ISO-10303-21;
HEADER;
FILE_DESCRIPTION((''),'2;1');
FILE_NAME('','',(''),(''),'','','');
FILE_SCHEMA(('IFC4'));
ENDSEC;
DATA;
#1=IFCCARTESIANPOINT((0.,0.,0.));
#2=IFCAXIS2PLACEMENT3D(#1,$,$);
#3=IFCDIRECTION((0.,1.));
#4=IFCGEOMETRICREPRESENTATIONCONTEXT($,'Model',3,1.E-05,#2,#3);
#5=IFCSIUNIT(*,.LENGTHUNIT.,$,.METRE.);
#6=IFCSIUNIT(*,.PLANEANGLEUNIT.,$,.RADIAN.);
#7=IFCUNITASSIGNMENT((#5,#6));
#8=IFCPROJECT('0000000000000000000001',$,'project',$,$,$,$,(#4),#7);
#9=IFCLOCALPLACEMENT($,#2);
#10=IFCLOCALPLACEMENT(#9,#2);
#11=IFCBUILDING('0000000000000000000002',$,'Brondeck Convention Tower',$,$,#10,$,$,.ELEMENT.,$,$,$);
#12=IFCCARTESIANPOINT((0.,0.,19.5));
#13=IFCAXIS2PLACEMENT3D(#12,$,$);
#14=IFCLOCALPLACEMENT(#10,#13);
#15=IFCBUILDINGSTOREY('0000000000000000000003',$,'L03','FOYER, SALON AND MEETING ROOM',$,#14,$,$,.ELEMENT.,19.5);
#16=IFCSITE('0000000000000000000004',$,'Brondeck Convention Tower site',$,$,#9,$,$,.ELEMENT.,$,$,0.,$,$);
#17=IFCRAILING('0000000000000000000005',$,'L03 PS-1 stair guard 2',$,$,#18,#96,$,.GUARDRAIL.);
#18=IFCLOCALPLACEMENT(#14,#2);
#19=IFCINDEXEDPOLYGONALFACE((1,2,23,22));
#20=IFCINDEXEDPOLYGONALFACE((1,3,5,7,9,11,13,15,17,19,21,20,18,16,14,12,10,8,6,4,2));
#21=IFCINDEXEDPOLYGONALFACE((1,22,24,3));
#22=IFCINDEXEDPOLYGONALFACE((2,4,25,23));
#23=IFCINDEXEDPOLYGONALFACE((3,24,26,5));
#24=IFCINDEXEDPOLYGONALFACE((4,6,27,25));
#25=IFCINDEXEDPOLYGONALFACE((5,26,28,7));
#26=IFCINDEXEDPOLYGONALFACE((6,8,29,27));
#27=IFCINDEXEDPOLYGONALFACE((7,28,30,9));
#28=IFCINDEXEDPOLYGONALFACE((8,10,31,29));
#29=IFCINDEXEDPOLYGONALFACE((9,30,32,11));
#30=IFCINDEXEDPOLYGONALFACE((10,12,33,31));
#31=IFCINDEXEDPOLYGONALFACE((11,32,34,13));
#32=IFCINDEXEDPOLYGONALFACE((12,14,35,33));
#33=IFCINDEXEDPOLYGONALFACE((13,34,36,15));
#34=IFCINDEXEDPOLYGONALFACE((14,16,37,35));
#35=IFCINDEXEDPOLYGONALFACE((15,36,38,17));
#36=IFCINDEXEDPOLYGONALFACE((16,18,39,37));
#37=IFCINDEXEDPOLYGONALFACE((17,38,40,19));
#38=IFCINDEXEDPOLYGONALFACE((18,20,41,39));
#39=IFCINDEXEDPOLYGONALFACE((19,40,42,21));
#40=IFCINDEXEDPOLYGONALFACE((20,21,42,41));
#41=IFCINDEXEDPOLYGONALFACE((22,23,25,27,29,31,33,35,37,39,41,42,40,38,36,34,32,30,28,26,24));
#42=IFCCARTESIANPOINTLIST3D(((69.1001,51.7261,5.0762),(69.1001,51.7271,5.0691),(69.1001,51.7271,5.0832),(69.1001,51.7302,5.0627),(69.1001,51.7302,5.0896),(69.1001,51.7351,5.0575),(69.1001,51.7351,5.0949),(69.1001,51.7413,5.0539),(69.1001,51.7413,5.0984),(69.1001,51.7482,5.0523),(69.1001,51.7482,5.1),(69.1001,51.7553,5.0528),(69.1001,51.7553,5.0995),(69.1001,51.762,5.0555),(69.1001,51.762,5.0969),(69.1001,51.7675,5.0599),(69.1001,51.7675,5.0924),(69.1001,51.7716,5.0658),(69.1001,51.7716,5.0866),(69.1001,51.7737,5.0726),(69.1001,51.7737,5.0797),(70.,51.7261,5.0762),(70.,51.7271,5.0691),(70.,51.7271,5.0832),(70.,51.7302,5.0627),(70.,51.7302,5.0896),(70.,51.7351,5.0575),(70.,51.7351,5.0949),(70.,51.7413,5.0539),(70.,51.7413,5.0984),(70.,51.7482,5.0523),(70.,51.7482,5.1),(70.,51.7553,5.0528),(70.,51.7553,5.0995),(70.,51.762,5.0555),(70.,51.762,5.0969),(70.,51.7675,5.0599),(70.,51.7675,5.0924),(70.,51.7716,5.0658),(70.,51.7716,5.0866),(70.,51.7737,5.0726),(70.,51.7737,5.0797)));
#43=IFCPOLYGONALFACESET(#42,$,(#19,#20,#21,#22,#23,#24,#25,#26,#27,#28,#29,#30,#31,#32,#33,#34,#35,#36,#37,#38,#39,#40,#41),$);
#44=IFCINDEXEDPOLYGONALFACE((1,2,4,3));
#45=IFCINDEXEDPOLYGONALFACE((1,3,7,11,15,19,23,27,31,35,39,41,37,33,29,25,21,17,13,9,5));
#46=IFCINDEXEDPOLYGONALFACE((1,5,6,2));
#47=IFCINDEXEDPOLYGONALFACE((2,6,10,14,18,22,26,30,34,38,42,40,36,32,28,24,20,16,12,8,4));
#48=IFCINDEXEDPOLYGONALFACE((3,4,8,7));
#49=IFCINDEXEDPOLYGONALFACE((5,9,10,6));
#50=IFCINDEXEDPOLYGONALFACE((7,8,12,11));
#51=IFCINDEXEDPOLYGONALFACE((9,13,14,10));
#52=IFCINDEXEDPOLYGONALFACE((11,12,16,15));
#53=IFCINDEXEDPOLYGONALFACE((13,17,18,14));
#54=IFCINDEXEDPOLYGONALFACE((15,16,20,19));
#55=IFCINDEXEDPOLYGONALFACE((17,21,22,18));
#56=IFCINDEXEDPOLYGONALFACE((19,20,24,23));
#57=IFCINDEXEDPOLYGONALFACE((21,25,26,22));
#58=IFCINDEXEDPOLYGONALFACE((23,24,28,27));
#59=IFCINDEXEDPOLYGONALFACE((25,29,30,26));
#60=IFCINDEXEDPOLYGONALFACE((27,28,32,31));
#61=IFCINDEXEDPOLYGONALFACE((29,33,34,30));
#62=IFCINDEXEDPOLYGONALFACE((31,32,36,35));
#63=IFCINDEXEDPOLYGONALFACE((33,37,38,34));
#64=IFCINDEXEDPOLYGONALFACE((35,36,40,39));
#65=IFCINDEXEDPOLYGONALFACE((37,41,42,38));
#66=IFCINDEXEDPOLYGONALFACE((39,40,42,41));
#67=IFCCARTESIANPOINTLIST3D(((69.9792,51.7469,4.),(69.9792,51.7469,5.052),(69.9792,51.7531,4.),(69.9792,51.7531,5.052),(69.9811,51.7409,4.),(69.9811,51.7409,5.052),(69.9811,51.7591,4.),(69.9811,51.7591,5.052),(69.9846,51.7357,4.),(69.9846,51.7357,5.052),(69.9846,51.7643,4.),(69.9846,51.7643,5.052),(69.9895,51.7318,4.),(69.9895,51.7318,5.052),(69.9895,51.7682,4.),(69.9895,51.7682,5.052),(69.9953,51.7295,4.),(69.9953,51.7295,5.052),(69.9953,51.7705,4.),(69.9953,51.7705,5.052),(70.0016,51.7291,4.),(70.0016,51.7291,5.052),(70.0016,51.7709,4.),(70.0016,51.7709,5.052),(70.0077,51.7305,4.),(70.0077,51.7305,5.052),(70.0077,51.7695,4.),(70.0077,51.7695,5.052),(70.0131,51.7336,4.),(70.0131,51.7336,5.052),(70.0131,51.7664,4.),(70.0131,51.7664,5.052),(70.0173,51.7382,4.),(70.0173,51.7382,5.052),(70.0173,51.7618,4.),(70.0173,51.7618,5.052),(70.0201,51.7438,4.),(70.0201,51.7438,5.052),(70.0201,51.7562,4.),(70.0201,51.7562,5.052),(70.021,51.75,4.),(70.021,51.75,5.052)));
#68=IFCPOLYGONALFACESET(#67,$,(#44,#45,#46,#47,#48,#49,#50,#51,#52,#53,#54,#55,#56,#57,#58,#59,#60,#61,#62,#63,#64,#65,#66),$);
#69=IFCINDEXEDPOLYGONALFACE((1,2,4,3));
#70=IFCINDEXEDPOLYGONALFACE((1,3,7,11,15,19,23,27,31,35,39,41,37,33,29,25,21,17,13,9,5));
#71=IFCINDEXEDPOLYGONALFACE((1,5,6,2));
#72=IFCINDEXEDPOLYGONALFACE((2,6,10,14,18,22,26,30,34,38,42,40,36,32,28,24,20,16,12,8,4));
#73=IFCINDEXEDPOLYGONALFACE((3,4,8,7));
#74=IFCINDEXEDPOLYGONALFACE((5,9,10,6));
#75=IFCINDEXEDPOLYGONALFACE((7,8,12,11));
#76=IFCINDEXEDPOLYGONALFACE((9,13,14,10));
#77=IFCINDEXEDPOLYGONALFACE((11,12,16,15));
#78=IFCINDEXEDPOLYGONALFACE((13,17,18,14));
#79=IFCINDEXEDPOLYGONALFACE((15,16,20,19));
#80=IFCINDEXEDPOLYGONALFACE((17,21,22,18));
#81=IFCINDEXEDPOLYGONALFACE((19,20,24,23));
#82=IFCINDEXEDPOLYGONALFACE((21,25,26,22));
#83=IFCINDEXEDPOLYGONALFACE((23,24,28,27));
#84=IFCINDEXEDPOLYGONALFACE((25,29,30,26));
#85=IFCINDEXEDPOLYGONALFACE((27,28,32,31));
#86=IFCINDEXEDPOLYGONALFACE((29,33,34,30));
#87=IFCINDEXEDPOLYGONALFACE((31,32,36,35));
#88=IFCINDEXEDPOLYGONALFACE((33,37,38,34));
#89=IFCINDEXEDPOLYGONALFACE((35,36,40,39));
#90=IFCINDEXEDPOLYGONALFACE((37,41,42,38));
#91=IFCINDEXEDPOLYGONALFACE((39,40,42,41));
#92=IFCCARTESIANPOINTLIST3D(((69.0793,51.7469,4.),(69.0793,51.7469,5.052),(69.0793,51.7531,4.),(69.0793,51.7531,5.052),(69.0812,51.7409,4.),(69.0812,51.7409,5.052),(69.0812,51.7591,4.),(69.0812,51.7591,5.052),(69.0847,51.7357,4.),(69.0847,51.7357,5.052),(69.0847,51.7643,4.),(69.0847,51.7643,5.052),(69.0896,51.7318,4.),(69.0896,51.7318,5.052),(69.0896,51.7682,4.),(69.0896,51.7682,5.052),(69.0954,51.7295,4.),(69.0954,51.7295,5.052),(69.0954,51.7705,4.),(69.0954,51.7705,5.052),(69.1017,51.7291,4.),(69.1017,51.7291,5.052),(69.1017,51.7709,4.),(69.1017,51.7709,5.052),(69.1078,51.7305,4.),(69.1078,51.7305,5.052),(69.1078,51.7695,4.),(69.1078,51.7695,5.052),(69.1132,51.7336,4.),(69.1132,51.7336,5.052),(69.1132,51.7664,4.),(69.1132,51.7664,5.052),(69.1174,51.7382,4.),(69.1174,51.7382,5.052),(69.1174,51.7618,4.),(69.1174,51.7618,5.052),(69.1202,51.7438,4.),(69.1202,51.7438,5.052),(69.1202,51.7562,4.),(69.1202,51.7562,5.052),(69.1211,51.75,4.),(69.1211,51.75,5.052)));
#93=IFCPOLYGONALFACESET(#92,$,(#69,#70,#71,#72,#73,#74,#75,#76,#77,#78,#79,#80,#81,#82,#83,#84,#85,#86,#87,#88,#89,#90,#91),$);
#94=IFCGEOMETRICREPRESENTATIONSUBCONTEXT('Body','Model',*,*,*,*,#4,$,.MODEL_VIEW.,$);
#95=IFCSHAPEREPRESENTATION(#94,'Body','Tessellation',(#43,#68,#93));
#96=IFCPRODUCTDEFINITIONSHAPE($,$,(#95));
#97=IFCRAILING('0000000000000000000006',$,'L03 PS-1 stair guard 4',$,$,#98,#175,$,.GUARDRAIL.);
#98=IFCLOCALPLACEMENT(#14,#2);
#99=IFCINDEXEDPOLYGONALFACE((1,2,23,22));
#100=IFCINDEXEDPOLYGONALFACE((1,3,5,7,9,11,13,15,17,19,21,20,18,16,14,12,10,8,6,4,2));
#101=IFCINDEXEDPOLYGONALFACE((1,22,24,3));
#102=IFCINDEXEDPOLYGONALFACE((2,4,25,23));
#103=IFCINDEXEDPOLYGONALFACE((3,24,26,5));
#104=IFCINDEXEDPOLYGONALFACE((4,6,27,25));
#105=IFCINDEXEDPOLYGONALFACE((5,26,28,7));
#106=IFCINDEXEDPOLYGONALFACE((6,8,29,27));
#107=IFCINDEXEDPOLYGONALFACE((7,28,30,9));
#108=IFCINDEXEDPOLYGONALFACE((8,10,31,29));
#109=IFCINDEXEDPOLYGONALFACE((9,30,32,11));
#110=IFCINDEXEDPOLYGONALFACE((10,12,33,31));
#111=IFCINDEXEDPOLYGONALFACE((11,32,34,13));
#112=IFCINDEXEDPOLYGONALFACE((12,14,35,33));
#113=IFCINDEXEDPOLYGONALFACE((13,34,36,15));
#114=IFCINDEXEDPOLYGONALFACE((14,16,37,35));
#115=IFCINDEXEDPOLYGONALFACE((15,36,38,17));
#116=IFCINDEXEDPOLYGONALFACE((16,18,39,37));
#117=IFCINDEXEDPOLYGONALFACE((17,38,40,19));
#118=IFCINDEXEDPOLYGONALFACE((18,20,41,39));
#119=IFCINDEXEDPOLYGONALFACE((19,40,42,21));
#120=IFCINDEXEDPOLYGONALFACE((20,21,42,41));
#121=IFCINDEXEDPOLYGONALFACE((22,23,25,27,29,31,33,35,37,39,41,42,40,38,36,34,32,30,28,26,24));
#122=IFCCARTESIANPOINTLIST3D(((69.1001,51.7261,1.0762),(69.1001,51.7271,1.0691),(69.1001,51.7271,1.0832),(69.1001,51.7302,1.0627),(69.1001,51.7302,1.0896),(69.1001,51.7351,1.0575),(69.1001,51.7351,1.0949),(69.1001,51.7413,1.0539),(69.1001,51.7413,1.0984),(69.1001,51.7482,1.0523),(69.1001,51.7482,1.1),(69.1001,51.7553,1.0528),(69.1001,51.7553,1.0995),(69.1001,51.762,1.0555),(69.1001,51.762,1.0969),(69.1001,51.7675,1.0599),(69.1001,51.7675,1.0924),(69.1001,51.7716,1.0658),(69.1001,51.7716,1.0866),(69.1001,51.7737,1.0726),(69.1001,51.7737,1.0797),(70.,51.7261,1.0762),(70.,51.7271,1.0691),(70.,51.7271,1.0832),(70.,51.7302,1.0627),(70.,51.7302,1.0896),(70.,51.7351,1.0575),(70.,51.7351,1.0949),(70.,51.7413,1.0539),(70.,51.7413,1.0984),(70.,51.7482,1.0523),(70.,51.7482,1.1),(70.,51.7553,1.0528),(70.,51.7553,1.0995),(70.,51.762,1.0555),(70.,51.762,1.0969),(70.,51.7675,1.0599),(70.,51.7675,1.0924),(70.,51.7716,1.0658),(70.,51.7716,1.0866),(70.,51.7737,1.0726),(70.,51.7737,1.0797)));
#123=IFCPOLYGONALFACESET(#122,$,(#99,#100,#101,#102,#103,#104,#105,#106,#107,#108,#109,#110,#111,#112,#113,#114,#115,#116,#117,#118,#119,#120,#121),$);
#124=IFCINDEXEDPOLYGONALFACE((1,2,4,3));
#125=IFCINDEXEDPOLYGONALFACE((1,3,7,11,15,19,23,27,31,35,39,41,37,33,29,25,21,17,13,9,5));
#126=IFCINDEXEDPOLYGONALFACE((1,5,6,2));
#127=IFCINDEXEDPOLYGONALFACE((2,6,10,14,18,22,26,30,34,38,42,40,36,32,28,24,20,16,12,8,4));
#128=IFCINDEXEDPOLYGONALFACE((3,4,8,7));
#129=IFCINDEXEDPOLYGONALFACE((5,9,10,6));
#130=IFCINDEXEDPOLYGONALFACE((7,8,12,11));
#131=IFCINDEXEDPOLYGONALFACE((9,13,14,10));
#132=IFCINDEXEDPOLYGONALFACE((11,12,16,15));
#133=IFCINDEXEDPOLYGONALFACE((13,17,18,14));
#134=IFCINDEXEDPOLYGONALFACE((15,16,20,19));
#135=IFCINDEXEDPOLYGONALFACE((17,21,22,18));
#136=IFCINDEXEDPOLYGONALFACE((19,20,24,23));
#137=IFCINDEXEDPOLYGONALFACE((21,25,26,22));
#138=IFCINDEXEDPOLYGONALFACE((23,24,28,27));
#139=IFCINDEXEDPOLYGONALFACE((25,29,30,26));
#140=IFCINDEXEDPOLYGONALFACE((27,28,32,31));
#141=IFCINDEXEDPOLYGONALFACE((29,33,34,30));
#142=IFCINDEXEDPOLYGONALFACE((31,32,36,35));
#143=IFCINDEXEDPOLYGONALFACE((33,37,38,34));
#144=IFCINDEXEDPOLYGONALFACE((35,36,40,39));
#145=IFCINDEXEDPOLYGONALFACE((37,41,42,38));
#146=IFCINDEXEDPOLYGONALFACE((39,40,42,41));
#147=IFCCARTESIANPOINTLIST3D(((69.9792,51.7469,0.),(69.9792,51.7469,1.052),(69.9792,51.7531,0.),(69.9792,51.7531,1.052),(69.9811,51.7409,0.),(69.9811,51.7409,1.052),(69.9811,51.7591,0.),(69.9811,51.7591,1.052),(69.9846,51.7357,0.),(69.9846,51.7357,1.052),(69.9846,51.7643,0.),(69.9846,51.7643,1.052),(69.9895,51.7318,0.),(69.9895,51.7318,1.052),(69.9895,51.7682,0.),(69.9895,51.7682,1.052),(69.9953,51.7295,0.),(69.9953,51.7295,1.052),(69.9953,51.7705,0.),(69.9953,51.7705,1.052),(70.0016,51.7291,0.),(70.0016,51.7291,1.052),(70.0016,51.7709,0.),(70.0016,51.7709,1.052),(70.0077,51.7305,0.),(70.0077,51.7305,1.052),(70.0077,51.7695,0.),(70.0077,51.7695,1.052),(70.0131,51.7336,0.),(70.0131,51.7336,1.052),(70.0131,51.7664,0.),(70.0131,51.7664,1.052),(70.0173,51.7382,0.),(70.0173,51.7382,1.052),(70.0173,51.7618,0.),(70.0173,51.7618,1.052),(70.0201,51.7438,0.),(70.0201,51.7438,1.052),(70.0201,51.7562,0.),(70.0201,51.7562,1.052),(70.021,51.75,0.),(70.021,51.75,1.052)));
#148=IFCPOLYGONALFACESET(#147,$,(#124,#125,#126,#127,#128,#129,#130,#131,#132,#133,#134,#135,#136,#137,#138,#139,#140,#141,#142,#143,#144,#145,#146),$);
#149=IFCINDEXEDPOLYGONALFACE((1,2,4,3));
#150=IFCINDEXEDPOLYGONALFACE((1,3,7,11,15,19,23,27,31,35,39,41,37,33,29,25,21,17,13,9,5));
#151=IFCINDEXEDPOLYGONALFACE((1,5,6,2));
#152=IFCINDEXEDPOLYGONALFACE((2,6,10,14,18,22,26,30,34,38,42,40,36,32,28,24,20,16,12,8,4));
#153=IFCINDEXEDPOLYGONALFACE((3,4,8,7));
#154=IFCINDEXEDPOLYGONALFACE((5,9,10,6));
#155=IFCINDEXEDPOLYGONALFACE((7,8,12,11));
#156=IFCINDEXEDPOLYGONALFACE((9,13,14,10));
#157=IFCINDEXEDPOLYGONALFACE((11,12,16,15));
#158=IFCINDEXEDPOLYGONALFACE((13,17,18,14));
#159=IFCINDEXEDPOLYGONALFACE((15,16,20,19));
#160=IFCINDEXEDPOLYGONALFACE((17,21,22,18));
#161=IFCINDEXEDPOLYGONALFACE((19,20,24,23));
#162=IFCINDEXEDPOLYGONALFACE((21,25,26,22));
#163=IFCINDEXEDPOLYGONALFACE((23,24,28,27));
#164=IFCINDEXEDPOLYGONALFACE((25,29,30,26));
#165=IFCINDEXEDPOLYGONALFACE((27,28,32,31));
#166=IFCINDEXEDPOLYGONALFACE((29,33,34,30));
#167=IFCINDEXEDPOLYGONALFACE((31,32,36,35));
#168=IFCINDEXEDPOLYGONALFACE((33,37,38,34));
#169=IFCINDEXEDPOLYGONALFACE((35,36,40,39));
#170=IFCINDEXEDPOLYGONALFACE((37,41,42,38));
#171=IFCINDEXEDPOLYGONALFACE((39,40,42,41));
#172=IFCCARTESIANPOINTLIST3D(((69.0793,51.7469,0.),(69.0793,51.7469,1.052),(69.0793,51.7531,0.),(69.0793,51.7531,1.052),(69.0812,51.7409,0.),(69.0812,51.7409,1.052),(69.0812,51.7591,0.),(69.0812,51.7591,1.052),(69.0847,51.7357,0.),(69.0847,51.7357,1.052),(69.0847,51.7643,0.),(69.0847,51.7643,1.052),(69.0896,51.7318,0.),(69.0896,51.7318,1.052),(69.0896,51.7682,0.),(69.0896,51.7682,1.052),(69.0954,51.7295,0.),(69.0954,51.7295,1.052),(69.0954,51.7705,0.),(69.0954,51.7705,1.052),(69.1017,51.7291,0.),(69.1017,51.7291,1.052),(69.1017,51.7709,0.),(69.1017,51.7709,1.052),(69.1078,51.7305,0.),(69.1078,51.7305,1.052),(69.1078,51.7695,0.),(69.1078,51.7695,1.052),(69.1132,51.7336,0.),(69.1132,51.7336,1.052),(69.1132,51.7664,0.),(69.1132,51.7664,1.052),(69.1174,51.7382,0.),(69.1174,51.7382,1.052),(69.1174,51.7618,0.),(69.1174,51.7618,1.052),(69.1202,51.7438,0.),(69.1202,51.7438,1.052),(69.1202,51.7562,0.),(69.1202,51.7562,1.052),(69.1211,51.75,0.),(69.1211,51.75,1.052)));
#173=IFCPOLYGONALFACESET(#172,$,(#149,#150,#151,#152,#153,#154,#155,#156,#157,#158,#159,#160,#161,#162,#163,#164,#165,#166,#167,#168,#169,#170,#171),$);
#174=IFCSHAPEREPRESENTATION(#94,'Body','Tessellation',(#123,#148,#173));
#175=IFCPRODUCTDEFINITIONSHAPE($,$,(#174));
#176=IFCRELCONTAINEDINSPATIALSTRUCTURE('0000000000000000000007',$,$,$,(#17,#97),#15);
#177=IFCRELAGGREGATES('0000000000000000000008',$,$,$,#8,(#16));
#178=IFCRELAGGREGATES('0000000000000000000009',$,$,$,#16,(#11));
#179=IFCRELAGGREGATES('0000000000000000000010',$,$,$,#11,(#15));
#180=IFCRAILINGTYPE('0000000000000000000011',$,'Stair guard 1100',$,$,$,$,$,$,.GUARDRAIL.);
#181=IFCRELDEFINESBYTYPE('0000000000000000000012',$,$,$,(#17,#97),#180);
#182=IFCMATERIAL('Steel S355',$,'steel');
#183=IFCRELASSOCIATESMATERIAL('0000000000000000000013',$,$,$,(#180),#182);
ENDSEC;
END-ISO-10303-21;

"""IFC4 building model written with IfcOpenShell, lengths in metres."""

from ifc_helpers import new_model, si_unit, direction, frame, origin, origin_2d, place, context, subcontext, project, spatial, circle, extrude, material, type_object, element, save


model = new_model("IFC4")

# Units and contexts
model_context = context("Model", 3, precision=1e-05, world=origin(), true_north=direction((0.0, 1.0)))
body_context = subcontext(model_context, "Body", "Model", "MODEL_VIEW")
ifc_project = project(units=[si_unit("LENGTHUNIT", "METRE"), si_unit("PLANEANGLEUNIT", "RADIAN")], contexts=[model_context])

# Site, building, storey
site_placement = place(None, origin())
site = spatial("IfcSite", under=ifc_project, at=site_placement, Name="Brondeck Convention Tower site", CompositionType="ELEMENT", RefElevation=0.0)
building_placement = place(site_placement, origin())
building = spatial("IfcBuilding", under=site, at=building_placement, Name="Brondeck Convention Tower", CompositionType="ELEMENT")
storey_placement = place(building_placement, frame((0.0, 0.0, 19.5)))
storey = spatial("IfcBuildingStorey", under=building, at=storey_placement, Name="L03", Description="FOYER, SALON AND MEETING ROOM", CompositionType="ELEMENT", Elevation=19.5)

# Railings
ifc_material_1 = material(Name="Steel S355", Category="steel")
railing_type_1 = type_object("IfcRailingType", Name="Stair guard 1100", PredefinedType="GUARDRAIL", material=ifc_material_1)
railing_1_placement = place(storey_placement, frame((70.0, 51.75, 4.0)))
element("IfcRailing", 1, at=railing_1_placement, inside=storey, type_object=railing_type_1, Name="L03 PS-1 stair guard 2", PredefinedType="GUARDRAIL", context=body_context, shape_type="SweptSolid", body=[
    extrude(circle(Radius=0.0239, at=origin_2d()), frame((0.0, 0.0, 1.0762), z_axis=(-1.0, 0.0, 0.0), x_axis=(0.0, -1.0, 0.0)), (0.0, 0.0, 1.0), 0.8999),
    extrude(circle(Radius=0.021, at=origin_2d()), origin(), (0.0, 0.0, 1.0), 1.052),
    extrude(circle(Radius=0.021, at=origin_2d()), frame((-0.8999, 0.0, 0.0)), (0.0, 0.0, 1.0), 1.052),
])
railing_2_placement = place(storey_placement, frame((70.0, 51.75, 0.0)))
element("IfcRailing", 2, at=railing_2_placement, inside=storey, type_object=railing_type_1, Name="L03 PS-1 stair guard 4", PredefinedType="GUARDRAIL", context=body_context, shape_type="SweptSolid", body=[
    extrude(circle(Radius=0.0239, at=origin_2d()), frame((0.0, 0.0, 1.0762), z_axis=(-1.0, 0.0, 0.0), x_axis=(0.0, -1.0, 0.0)), (0.0, 0.0, 1.0), 0.8999),
    extrude(circle(Radius=0.021, at=origin_2d()), origin(), (0.0, 0.0, 1.0), 1.052),
    extrude(circle(Radius=0.021, at=origin_2d()), frame((-0.8999, 0.0, 0.0)), (0.0, 0.0, 1.0), 1.052),
])

save(model, "model.ifc")
